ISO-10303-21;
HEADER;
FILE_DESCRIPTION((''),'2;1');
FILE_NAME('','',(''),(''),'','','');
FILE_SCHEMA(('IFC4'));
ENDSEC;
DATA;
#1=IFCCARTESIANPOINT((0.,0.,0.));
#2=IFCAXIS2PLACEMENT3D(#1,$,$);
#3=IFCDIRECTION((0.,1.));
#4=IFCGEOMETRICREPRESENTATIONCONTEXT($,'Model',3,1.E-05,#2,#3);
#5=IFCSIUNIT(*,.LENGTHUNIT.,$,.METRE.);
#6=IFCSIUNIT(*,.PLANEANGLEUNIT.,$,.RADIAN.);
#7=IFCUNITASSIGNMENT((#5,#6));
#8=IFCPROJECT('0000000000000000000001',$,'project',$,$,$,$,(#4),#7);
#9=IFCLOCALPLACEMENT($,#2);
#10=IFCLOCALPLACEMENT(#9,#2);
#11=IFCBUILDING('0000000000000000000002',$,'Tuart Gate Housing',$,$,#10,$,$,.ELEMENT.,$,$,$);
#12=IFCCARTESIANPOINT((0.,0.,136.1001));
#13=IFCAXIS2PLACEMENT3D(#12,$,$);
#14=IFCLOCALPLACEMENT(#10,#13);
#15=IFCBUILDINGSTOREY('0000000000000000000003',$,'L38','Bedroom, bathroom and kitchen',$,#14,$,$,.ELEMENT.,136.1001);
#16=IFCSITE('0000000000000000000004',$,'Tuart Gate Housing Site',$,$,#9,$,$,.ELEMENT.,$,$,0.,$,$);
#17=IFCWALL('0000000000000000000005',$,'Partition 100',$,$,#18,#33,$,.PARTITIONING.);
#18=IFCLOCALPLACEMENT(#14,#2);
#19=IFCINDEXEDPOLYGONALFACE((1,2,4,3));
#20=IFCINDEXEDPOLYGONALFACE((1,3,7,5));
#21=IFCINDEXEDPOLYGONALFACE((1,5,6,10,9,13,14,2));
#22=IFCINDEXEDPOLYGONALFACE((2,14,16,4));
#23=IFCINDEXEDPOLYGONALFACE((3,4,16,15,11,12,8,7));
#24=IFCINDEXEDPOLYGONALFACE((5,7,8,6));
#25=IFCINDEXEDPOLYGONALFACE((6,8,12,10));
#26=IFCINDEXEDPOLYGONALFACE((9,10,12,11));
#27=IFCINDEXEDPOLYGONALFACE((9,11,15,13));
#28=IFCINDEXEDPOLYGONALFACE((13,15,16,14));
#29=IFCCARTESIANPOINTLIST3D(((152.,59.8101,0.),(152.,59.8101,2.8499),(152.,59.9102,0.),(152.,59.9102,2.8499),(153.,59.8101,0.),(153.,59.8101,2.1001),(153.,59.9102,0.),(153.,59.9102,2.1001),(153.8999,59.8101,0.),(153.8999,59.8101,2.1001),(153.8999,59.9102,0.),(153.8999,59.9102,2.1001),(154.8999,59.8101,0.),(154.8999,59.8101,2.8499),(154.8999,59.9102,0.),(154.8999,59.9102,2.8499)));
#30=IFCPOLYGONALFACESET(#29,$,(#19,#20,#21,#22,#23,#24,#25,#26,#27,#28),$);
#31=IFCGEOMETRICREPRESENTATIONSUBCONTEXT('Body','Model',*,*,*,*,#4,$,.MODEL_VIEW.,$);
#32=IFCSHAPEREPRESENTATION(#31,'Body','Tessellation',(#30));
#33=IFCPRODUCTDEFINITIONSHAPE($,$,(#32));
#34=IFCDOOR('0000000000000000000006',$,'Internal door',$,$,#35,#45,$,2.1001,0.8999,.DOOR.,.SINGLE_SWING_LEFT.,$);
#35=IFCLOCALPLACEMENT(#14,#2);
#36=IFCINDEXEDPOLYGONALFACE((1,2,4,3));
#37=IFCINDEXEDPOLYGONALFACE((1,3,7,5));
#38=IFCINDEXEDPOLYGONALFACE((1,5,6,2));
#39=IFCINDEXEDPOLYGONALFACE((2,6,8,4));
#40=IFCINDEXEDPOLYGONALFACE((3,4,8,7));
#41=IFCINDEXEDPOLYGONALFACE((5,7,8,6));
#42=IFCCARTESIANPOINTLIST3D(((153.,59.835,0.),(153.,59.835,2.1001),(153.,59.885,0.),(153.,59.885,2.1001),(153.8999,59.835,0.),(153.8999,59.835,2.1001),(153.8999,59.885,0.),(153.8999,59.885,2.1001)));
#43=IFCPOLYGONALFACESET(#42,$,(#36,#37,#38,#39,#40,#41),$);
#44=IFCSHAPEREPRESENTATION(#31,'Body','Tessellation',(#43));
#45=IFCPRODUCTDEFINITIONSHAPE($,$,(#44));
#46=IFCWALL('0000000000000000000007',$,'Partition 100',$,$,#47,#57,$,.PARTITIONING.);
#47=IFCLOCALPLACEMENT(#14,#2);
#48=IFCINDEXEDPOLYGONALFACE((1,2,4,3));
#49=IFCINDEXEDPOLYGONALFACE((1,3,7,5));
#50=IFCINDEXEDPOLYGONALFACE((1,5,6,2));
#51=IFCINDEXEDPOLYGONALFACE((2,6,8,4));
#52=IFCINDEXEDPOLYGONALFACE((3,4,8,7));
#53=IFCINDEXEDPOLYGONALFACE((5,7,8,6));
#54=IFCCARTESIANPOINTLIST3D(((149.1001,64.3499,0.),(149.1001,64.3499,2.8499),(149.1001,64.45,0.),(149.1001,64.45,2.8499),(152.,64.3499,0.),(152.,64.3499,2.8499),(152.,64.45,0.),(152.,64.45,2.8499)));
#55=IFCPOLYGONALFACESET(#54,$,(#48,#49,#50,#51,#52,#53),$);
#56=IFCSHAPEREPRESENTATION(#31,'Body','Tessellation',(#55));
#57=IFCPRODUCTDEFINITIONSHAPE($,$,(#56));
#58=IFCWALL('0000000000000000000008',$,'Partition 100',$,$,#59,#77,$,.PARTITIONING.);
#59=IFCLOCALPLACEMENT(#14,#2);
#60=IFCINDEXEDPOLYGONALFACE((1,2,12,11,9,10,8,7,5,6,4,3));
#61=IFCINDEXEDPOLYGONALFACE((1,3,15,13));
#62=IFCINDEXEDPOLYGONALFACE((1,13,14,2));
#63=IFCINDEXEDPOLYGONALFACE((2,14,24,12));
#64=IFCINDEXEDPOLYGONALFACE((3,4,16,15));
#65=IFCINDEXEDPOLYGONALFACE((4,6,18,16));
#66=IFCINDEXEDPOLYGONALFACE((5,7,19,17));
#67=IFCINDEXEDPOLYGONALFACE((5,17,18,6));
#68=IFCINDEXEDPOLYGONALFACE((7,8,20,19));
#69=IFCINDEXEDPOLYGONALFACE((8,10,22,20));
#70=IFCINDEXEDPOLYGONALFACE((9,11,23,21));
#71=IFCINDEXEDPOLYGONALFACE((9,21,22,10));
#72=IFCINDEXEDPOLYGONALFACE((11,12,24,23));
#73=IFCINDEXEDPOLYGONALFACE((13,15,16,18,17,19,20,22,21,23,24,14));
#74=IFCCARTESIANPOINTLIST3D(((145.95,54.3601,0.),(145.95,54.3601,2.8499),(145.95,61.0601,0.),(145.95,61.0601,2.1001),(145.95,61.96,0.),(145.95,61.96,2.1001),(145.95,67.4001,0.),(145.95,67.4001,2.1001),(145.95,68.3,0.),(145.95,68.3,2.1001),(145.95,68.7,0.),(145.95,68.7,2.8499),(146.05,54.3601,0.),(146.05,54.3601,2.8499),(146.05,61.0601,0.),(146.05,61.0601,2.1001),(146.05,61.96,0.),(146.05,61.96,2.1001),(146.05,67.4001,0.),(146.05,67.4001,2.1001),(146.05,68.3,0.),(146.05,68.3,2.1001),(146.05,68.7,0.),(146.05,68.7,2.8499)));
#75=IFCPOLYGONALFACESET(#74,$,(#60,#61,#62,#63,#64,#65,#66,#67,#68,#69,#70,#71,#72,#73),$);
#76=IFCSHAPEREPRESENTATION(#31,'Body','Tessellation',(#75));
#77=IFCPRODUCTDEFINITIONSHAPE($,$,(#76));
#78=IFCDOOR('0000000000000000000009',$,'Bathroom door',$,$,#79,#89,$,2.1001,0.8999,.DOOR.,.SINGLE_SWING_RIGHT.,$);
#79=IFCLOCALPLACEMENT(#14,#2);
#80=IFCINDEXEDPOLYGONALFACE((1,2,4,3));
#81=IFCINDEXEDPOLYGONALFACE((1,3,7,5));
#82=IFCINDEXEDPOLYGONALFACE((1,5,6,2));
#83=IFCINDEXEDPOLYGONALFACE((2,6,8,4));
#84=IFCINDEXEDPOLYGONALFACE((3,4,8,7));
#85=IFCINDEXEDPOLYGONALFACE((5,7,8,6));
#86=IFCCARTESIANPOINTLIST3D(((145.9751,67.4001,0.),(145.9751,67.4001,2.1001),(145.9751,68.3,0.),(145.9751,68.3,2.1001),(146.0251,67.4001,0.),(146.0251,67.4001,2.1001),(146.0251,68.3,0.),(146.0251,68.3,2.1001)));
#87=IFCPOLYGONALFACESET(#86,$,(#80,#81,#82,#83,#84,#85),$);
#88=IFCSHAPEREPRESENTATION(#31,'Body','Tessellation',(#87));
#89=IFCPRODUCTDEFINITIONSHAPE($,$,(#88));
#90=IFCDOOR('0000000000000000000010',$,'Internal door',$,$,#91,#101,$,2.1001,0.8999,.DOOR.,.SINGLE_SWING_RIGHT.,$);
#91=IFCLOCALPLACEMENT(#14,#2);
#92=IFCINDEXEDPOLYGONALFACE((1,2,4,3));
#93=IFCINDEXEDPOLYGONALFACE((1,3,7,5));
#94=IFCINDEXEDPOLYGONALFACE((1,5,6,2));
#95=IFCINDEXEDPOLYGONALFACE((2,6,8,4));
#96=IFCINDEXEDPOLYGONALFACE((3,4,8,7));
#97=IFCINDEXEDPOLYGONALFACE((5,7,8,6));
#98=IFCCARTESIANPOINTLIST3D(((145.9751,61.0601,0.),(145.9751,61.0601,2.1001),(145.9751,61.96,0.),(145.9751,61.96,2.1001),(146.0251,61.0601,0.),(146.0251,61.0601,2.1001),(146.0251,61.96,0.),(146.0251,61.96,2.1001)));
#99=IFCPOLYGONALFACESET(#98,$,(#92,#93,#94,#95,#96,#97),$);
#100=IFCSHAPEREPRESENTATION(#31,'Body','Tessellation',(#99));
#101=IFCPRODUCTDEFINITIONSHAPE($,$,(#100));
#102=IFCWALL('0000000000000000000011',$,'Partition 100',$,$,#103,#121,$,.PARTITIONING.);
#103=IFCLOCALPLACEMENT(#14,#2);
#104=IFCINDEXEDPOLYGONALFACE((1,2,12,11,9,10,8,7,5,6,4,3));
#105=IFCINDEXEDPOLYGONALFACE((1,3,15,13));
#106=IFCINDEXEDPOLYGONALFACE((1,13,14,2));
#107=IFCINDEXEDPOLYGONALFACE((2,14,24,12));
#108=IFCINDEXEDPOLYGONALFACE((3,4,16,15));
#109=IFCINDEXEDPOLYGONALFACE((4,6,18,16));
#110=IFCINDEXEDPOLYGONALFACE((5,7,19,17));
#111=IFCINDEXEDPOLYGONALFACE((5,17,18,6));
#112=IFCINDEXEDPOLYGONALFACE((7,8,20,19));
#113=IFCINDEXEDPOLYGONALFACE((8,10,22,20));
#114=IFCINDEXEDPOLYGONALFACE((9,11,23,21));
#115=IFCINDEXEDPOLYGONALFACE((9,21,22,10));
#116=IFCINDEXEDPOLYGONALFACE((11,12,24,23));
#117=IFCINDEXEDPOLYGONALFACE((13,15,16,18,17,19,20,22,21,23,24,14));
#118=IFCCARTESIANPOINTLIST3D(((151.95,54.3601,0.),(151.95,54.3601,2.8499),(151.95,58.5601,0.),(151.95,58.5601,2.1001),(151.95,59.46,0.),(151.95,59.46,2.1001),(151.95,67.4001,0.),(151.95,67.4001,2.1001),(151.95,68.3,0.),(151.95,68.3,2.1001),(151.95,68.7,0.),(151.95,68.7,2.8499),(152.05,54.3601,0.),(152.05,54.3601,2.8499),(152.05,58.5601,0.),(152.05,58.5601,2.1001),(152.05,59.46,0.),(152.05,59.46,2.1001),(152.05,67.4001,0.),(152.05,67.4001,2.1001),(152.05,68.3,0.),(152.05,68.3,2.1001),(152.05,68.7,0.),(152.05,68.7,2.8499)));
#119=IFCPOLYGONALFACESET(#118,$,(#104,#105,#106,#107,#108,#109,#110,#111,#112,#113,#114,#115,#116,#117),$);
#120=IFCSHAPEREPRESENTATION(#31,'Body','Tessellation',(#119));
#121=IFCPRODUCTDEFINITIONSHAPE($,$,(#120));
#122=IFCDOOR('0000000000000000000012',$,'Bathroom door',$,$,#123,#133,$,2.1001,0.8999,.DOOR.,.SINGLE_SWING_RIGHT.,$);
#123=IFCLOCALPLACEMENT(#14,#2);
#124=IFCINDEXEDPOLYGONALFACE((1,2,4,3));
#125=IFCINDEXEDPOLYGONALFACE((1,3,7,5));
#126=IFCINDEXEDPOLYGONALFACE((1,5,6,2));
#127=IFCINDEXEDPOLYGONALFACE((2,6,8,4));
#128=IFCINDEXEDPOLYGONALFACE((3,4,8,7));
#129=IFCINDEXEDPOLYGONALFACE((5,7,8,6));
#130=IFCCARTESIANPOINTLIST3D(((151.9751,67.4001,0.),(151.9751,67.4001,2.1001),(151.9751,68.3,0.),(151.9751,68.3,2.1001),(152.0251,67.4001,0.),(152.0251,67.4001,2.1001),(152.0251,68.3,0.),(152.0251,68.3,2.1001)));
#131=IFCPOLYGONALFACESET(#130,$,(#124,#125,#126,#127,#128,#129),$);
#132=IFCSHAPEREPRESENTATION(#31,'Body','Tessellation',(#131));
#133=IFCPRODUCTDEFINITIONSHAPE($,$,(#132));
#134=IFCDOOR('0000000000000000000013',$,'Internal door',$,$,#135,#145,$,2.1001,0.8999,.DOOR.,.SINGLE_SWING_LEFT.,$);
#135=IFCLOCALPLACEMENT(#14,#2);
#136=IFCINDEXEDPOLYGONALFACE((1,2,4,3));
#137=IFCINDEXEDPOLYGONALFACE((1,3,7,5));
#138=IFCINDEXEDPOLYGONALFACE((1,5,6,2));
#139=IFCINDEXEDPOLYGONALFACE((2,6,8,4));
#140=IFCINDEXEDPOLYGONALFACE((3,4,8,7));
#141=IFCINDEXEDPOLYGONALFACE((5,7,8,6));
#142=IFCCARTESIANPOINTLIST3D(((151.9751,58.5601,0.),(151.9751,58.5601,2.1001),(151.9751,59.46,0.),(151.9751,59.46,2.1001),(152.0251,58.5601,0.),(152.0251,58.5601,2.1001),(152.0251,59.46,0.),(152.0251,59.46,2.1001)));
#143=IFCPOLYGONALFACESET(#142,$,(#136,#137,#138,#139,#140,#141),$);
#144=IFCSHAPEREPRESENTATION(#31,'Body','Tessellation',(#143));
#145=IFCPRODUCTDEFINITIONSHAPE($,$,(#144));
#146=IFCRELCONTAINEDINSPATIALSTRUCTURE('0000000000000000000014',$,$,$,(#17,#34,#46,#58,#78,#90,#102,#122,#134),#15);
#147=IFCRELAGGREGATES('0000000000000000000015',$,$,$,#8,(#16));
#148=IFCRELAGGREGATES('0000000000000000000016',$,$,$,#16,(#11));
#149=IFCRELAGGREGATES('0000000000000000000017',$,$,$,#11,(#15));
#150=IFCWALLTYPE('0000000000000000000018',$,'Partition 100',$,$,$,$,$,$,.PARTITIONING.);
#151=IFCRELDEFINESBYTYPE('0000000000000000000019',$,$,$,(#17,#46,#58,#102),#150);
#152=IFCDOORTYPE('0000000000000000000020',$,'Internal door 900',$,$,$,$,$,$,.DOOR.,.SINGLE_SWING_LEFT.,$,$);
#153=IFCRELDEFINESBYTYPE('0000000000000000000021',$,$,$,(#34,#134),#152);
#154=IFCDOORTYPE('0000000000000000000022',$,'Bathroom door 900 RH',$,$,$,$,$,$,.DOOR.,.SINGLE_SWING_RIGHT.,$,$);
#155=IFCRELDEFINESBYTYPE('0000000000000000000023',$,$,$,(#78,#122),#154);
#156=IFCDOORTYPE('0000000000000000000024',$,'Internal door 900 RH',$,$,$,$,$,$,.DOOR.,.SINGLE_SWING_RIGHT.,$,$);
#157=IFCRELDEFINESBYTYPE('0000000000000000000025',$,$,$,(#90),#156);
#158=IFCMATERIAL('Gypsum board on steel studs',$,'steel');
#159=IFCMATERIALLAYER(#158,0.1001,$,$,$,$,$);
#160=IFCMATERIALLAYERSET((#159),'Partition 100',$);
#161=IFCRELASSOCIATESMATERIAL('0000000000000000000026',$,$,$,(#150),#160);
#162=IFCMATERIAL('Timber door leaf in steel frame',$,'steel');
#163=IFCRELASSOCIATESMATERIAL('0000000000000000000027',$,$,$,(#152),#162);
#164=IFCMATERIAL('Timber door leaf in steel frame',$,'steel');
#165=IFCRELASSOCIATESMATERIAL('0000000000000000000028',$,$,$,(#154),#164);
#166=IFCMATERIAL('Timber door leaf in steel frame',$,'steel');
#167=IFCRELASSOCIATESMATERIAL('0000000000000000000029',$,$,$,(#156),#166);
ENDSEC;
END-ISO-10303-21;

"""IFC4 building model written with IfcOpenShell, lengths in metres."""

from ifc_helpers import new_model, si_unit, direction, frame, frame_2d, origin, place, context, subcontext, project, spatial, rectangle, extrude, material, layer, layer_set, type_object, element, fill, save


model = new_model("IFC4")

# Units and contexts
model_context = context("Model", 3, precision=1e-05, world=origin(), true_north=direction((0.0, 1.0)))
body_context = subcontext(model_context, "Body", "Model", "MODEL_VIEW")
ifc_project = project(units=[si_unit("LENGTHUNIT", "METRE"), si_unit("PLANEANGLEUNIT", "RADIAN")], contexts=[model_context])

# Site, building, storey
site_placement = place(None, origin())
site = spatial("IfcSite", under=ifc_project, at=site_placement, Name="Tuart Gate Housing Site", CompositionType="ELEMENT", RefElevation=0.0)
building_placement = place(site_placement, origin())
building = spatial("IfcBuilding", under=site, at=building_placement, Name="Tuart Gate Housing", CompositionType="ELEMENT")
storey_placement = place(building_placement, frame((0.0, 0.0, 136.1001)))
storey = spatial("IfcBuildingStorey", under=building, at=storey_placement, Name="L38", Description="Bedroom, bathroom and kitchen", CompositionType="ELEMENT", Elevation=136.1001)

# Shared definitions
ifc_material_1 = material(Name="Gypsum board on steel studs", Category="steel")
ifc_layer_1 = layer(ifc_material_1, 0.1001)
ifc_layer_set_1 = layer_set([ifc_layer_1], Name="Partition 100")
wall_type_1 = type_object("IfcWallType", Name="Partition 100", PredefinedType="PARTITIONING", material=ifc_layer_set_1)

# Wall, opening, door
wall_1_placement = place(storey_placement, frame((152.0, 59.8601, 0.0), z_axis=(0.0, 0.0, 1.0), x_axis=(1.0, 0.0, 0.0)))
wall_1 = element("IfcWall", 1, at=wall_1_placement, inside=storey, type_object=wall_type_1, Name="Partition 100", PredefinedType="PARTITIONING", context=body_context, shape_type="SweptSolid", body=[
    extrude(rectangle(XDim=2.8999, YDim=0.1001, at=frame_2d((1.45, 0.0))), origin(), (0.0, 0.0, 1.0), 2.8499),
])
opening_1_placement = place(wall_1_placement, frame((1.0, 0.0, 0.0)))
opening_1 = element("IfcOpeningElement", 2, at=opening_1_placement, cuts=wall_1, PredefinedType="OPENING", context=body_context, shape_type="SweptSolid", body=[
    extrude(rectangle(XDim=0.8999, YDim=2.1001, at=frame_2d((0.45, 1.05))), frame((0.0, 0.0601, 0.0), z_axis=(0.0, -1.0, 0.0), x_axis=(1.0, 0.0, 0.0)), (0.0, 0.0, 1.0), 0.1201),
])
ifc_material_2 = material(Name="Timber door leaf in steel frame", Category="steel")
door_type_1 = type_object("IfcDoorType", Name="Internal door 900", OperationType="SINGLE_SWING_LEFT", PredefinedType="DOOR", material=ifc_material_2)
door_1_placement = place(opening_1_placement, origin())
door_1 = element("IfcDoor", 3, at=door_1_placement, inside=storey, type_object=door_type_1, Name="Internal door", OperationType="SINGLE_SWING_LEFT", OverallHeight=2.1001, OverallWidth=0.8999, PredefinedType="DOOR", context=body_context, shape_type="SweptSolid", body=[
    extrude(rectangle(XDim=0.8999, YDim=2.1001, at=frame_2d((0.45, 1.05))), frame((0.0, 0.0249, 0.0), z_axis=(0.0, -1.0, 0.0), x_axis=(1.0, 0.0, 0.0)), (0.0, 0.0, 1.0), 0.05),
])
fill(opening_1, door_1)

# Wall
wall_2_placement = place(storey_placement, frame((149.1001, 64.3999, 0.0), z_axis=(0.0, 0.0, 1.0), x_axis=(1.0, 0.0, 0.0)))
element("IfcWall", 4, at=wall_2_placement, inside=storey, type_object=wall_type_1, Name="Partition 100", PredefinedType="PARTITIONING", context=body_context, shape_type="SweptSolid", body=[
    extrude(rectangle(XDim=2.8999, YDim=0.1001, at=frame_2d((1.45, 0.0))), origin(), (0.0, 0.0, 1.0), 2.8499),
])

# Walls, openings, doors
wall_3_placement = place(storey_placement, frame((146.0, 54.3601, 0.0), z_axis=(0.0, 0.0, 1.0), x_axis=(0.0, 1.0, 0.0)))
wall_3 = element("IfcWall", 5, at=wall_3_placement, inside=storey, type_object=wall_type_1, Name="Partition 100", PredefinedType="PARTITIONING", context=body_context, shape_type="SweptSolid", body=[
    extrude(rectangle(XDim=14.3398, YDim=0.1001, at=frame_2d((7.1699, 0.0))), origin(), (0.0, 0.0, 1.0), 2.8499),
])
opening_2_placement = place(wall_3_placement, frame((6.7, 0.0, 0.0)))
opening_2 = element("IfcOpeningElement", 6, at=opening_2_placement, cuts=wall_3, PredefinedType="OPENING", context=body_context, shape_type="SweptSolid", body=[
    extrude(rectangle(XDim=0.8999, YDim=2.1001, at=frame_2d((0.45, 1.05))), frame((0.0, 0.0601, 0.0), z_axis=(0.0, -1.0, 0.0), x_axis=(1.0, 0.0, 0.0)), (0.0, 0.0, 1.0), 0.1201),
])
opening_3_placement = place(wall_3_placement, frame((13.04, 0.0, 0.0)))
opening_3 = element("IfcOpeningElement", 7, at=opening_3_placement, cuts=wall_3, PredefinedType="OPENING", context=body_context, shape_type="SweptSolid", body=[
    extrude(rectangle(XDim=0.8999, YDim=2.1001, at=frame_2d((0.45, 1.05))), frame((0.0, 0.0601, 0.0), z_axis=(0.0, -1.0, 0.0), x_axis=(1.0, 0.0, 0.0)), (0.0, 0.0, 1.0), 0.1201),
])
ifc_material_3 = material(Name="Timber door leaf in steel frame", Category="steel")
door_type_2 = type_object("IfcDoorType", Name="Bathroom door 900 RH", OperationType="SINGLE_SWING_RIGHT", PredefinedType="DOOR", material=ifc_material_3)
door_2_placement = place(opening_3_placement, origin())
door_2 = element("IfcDoor", 8, at=door_2_placement, inside=storey, type_object=door_type_2, Name="Bathroom door", OperationType="SINGLE_SWING_RIGHT", OverallHeight=2.1001, OverallWidth=0.8999, PredefinedType="DOOR", context=body_context, shape_type="SweptSolid", body=[
    extrude(rectangle(XDim=0.8999, YDim=2.1001, at=frame_2d((0.45, 1.05))), frame((0.0, 0.0249, 0.0), z_axis=(0.0, -1.0, 0.0), x_axis=(1.0, 0.0, 0.0)), (0.0, 0.0, 1.0), 0.05),
])
fill(opening_3, door_2)
ifc_material_4 = material(Name="Timber door leaf in steel frame", Category="steel")
door_type_3 = type_object("IfcDoorType", Name="Internal door 900 RH", OperationType="SINGLE_SWING_RIGHT", PredefinedType="DOOR", material=ifc_material_4)
door_3_placement = place(opening_2_placement, origin())
door_3 = element("IfcDoor", 9, at=door_3_placement, inside=storey, type_object=door_type_3, Name="Internal door", OperationType="SINGLE_SWING_RIGHT", OverallHeight=2.1001, OverallWidth=0.8999, PredefinedType="DOOR", context=body_context, shape_type="SweptSolid", body=[
    extrude(rectangle(XDim=0.8999, YDim=2.1001, at=frame_2d((0.45, 1.05))), frame((0.0, 0.0249, 0.0), z_axis=(0.0, -1.0, 0.0), x_axis=(1.0, 0.0, 0.0)), (0.0, 0.0, 1.0), 0.05),
])
fill(opening_2, door_3)
wall_4_placement = place(storey_placement, frame((152.0, 54.3601, 0.0), z_axis=(0.0, 0.0, 1.0), x_axis=(0.0, 1.0, 0.0)))
wall_4 = element("IfcWall", 10, at=wall_4_placement, inside=storey, type_object=wall_type_1, Name="Partition 100", PredefinedType="PARTITIONING", context=body_context, shape_type="SweptSolid", body=[
    extrude(rectangle(XDim=14.3398, YDim=0.1001, at=frame_2d((7.1699, 0.0))), origin(), (0.0, 0.0, 1.0), 2.8499),
])
opening_4_placement = place(wall_4_placement, frame((4.2, 0.0, 0.0)))
opening_4 = element("IfcOpeningElement", 11, at=opening_4_placement, cuts=wall_4, PredefinedType="OPENING", context=body_context, shape_type="SweptSolid", body=[
    extrude(rectangle(XDim=0.8999, YDim=2.1001, at=frame_2d((0.45, 1.05))), frame((0.0, 0.0601, 0.0), z_axis=(0.0, -1.0, 0.0), x_axis=(1.0, 0.0, 0.0)), (0.0, 0.0, 1.0), 0.1201),
])
opening_5_placement = place(wall_4_placement, frame((13.04, 0.0, 0.0)))
opening_5 = element("IfcOpeningElement", 12, at=opening_5_placement, cuts=wall_4, PredefinedType="OPENING", context=body_context, shape_type="SweptSolid", body=[
    extrude(rectangle(XDim=0.8999, YDim=2.1001, at=frame_2d((0.45, 1.05))), frame((0.0, 0.0601, 0.0), z_axis=(0.0, -1.0, 0.0), x_axis=(1.0, 0.0, 0.0)), (0.0, 0.0, 1.0), 0.1201),
])
door_4_placement = place(opening_5_placement, origin())
door_4 = element("IfcDoor", 13, at=door_4_placement, inside=storey, type_object=door_type_2, Name="Bathroom door", OperationType="SINGLE_SWING_RIGHT", OverallHeight=2.1001, OverallWidth=0.8999, PredefinedType="DOOR", context=body_context, shape_type="SweptSolid", body=[
    extrude(rectangle(XDim=0.8999, YDim=2.1001, at=frame_2d((0.45, 1.05))), frame((0.0, 0.0249, 0.0), z_axis=(0.0, -1.0, 0.0), x_axis=(1.0, 0.0, 0.0)), (0.0, 0.0, 1.0), 0.05),
])
fill(opening_5, door_4)
door_5_placement = place(opening_4_placement, origin())
door_5 = element("IfcDoor", 14, at=door_5_placement, inside=storey, type_object=door_type_1, Name="Internal door", OperationType="SINGLE_SWING_LEFT", OverallHeight=2.1001, OverallWidth=0.8999, PredefinedType="DOOR", context=body_context, shape_type="SweptSolid", body=[
    extrude(rectangle(XDim=0.8999, YDim=2.1001, at=frame_2d((0.45, 1.05))), frame((0.0, 0.0249, 0.0), z_axis=(0.0, -1.0, 0.0), x_axis=(1.0, 0.0, 0.0)), (0.0, 0.0, 1.0), 0.05),
])
fill(opening_4, door_5)

save(model, "model.ifc")
